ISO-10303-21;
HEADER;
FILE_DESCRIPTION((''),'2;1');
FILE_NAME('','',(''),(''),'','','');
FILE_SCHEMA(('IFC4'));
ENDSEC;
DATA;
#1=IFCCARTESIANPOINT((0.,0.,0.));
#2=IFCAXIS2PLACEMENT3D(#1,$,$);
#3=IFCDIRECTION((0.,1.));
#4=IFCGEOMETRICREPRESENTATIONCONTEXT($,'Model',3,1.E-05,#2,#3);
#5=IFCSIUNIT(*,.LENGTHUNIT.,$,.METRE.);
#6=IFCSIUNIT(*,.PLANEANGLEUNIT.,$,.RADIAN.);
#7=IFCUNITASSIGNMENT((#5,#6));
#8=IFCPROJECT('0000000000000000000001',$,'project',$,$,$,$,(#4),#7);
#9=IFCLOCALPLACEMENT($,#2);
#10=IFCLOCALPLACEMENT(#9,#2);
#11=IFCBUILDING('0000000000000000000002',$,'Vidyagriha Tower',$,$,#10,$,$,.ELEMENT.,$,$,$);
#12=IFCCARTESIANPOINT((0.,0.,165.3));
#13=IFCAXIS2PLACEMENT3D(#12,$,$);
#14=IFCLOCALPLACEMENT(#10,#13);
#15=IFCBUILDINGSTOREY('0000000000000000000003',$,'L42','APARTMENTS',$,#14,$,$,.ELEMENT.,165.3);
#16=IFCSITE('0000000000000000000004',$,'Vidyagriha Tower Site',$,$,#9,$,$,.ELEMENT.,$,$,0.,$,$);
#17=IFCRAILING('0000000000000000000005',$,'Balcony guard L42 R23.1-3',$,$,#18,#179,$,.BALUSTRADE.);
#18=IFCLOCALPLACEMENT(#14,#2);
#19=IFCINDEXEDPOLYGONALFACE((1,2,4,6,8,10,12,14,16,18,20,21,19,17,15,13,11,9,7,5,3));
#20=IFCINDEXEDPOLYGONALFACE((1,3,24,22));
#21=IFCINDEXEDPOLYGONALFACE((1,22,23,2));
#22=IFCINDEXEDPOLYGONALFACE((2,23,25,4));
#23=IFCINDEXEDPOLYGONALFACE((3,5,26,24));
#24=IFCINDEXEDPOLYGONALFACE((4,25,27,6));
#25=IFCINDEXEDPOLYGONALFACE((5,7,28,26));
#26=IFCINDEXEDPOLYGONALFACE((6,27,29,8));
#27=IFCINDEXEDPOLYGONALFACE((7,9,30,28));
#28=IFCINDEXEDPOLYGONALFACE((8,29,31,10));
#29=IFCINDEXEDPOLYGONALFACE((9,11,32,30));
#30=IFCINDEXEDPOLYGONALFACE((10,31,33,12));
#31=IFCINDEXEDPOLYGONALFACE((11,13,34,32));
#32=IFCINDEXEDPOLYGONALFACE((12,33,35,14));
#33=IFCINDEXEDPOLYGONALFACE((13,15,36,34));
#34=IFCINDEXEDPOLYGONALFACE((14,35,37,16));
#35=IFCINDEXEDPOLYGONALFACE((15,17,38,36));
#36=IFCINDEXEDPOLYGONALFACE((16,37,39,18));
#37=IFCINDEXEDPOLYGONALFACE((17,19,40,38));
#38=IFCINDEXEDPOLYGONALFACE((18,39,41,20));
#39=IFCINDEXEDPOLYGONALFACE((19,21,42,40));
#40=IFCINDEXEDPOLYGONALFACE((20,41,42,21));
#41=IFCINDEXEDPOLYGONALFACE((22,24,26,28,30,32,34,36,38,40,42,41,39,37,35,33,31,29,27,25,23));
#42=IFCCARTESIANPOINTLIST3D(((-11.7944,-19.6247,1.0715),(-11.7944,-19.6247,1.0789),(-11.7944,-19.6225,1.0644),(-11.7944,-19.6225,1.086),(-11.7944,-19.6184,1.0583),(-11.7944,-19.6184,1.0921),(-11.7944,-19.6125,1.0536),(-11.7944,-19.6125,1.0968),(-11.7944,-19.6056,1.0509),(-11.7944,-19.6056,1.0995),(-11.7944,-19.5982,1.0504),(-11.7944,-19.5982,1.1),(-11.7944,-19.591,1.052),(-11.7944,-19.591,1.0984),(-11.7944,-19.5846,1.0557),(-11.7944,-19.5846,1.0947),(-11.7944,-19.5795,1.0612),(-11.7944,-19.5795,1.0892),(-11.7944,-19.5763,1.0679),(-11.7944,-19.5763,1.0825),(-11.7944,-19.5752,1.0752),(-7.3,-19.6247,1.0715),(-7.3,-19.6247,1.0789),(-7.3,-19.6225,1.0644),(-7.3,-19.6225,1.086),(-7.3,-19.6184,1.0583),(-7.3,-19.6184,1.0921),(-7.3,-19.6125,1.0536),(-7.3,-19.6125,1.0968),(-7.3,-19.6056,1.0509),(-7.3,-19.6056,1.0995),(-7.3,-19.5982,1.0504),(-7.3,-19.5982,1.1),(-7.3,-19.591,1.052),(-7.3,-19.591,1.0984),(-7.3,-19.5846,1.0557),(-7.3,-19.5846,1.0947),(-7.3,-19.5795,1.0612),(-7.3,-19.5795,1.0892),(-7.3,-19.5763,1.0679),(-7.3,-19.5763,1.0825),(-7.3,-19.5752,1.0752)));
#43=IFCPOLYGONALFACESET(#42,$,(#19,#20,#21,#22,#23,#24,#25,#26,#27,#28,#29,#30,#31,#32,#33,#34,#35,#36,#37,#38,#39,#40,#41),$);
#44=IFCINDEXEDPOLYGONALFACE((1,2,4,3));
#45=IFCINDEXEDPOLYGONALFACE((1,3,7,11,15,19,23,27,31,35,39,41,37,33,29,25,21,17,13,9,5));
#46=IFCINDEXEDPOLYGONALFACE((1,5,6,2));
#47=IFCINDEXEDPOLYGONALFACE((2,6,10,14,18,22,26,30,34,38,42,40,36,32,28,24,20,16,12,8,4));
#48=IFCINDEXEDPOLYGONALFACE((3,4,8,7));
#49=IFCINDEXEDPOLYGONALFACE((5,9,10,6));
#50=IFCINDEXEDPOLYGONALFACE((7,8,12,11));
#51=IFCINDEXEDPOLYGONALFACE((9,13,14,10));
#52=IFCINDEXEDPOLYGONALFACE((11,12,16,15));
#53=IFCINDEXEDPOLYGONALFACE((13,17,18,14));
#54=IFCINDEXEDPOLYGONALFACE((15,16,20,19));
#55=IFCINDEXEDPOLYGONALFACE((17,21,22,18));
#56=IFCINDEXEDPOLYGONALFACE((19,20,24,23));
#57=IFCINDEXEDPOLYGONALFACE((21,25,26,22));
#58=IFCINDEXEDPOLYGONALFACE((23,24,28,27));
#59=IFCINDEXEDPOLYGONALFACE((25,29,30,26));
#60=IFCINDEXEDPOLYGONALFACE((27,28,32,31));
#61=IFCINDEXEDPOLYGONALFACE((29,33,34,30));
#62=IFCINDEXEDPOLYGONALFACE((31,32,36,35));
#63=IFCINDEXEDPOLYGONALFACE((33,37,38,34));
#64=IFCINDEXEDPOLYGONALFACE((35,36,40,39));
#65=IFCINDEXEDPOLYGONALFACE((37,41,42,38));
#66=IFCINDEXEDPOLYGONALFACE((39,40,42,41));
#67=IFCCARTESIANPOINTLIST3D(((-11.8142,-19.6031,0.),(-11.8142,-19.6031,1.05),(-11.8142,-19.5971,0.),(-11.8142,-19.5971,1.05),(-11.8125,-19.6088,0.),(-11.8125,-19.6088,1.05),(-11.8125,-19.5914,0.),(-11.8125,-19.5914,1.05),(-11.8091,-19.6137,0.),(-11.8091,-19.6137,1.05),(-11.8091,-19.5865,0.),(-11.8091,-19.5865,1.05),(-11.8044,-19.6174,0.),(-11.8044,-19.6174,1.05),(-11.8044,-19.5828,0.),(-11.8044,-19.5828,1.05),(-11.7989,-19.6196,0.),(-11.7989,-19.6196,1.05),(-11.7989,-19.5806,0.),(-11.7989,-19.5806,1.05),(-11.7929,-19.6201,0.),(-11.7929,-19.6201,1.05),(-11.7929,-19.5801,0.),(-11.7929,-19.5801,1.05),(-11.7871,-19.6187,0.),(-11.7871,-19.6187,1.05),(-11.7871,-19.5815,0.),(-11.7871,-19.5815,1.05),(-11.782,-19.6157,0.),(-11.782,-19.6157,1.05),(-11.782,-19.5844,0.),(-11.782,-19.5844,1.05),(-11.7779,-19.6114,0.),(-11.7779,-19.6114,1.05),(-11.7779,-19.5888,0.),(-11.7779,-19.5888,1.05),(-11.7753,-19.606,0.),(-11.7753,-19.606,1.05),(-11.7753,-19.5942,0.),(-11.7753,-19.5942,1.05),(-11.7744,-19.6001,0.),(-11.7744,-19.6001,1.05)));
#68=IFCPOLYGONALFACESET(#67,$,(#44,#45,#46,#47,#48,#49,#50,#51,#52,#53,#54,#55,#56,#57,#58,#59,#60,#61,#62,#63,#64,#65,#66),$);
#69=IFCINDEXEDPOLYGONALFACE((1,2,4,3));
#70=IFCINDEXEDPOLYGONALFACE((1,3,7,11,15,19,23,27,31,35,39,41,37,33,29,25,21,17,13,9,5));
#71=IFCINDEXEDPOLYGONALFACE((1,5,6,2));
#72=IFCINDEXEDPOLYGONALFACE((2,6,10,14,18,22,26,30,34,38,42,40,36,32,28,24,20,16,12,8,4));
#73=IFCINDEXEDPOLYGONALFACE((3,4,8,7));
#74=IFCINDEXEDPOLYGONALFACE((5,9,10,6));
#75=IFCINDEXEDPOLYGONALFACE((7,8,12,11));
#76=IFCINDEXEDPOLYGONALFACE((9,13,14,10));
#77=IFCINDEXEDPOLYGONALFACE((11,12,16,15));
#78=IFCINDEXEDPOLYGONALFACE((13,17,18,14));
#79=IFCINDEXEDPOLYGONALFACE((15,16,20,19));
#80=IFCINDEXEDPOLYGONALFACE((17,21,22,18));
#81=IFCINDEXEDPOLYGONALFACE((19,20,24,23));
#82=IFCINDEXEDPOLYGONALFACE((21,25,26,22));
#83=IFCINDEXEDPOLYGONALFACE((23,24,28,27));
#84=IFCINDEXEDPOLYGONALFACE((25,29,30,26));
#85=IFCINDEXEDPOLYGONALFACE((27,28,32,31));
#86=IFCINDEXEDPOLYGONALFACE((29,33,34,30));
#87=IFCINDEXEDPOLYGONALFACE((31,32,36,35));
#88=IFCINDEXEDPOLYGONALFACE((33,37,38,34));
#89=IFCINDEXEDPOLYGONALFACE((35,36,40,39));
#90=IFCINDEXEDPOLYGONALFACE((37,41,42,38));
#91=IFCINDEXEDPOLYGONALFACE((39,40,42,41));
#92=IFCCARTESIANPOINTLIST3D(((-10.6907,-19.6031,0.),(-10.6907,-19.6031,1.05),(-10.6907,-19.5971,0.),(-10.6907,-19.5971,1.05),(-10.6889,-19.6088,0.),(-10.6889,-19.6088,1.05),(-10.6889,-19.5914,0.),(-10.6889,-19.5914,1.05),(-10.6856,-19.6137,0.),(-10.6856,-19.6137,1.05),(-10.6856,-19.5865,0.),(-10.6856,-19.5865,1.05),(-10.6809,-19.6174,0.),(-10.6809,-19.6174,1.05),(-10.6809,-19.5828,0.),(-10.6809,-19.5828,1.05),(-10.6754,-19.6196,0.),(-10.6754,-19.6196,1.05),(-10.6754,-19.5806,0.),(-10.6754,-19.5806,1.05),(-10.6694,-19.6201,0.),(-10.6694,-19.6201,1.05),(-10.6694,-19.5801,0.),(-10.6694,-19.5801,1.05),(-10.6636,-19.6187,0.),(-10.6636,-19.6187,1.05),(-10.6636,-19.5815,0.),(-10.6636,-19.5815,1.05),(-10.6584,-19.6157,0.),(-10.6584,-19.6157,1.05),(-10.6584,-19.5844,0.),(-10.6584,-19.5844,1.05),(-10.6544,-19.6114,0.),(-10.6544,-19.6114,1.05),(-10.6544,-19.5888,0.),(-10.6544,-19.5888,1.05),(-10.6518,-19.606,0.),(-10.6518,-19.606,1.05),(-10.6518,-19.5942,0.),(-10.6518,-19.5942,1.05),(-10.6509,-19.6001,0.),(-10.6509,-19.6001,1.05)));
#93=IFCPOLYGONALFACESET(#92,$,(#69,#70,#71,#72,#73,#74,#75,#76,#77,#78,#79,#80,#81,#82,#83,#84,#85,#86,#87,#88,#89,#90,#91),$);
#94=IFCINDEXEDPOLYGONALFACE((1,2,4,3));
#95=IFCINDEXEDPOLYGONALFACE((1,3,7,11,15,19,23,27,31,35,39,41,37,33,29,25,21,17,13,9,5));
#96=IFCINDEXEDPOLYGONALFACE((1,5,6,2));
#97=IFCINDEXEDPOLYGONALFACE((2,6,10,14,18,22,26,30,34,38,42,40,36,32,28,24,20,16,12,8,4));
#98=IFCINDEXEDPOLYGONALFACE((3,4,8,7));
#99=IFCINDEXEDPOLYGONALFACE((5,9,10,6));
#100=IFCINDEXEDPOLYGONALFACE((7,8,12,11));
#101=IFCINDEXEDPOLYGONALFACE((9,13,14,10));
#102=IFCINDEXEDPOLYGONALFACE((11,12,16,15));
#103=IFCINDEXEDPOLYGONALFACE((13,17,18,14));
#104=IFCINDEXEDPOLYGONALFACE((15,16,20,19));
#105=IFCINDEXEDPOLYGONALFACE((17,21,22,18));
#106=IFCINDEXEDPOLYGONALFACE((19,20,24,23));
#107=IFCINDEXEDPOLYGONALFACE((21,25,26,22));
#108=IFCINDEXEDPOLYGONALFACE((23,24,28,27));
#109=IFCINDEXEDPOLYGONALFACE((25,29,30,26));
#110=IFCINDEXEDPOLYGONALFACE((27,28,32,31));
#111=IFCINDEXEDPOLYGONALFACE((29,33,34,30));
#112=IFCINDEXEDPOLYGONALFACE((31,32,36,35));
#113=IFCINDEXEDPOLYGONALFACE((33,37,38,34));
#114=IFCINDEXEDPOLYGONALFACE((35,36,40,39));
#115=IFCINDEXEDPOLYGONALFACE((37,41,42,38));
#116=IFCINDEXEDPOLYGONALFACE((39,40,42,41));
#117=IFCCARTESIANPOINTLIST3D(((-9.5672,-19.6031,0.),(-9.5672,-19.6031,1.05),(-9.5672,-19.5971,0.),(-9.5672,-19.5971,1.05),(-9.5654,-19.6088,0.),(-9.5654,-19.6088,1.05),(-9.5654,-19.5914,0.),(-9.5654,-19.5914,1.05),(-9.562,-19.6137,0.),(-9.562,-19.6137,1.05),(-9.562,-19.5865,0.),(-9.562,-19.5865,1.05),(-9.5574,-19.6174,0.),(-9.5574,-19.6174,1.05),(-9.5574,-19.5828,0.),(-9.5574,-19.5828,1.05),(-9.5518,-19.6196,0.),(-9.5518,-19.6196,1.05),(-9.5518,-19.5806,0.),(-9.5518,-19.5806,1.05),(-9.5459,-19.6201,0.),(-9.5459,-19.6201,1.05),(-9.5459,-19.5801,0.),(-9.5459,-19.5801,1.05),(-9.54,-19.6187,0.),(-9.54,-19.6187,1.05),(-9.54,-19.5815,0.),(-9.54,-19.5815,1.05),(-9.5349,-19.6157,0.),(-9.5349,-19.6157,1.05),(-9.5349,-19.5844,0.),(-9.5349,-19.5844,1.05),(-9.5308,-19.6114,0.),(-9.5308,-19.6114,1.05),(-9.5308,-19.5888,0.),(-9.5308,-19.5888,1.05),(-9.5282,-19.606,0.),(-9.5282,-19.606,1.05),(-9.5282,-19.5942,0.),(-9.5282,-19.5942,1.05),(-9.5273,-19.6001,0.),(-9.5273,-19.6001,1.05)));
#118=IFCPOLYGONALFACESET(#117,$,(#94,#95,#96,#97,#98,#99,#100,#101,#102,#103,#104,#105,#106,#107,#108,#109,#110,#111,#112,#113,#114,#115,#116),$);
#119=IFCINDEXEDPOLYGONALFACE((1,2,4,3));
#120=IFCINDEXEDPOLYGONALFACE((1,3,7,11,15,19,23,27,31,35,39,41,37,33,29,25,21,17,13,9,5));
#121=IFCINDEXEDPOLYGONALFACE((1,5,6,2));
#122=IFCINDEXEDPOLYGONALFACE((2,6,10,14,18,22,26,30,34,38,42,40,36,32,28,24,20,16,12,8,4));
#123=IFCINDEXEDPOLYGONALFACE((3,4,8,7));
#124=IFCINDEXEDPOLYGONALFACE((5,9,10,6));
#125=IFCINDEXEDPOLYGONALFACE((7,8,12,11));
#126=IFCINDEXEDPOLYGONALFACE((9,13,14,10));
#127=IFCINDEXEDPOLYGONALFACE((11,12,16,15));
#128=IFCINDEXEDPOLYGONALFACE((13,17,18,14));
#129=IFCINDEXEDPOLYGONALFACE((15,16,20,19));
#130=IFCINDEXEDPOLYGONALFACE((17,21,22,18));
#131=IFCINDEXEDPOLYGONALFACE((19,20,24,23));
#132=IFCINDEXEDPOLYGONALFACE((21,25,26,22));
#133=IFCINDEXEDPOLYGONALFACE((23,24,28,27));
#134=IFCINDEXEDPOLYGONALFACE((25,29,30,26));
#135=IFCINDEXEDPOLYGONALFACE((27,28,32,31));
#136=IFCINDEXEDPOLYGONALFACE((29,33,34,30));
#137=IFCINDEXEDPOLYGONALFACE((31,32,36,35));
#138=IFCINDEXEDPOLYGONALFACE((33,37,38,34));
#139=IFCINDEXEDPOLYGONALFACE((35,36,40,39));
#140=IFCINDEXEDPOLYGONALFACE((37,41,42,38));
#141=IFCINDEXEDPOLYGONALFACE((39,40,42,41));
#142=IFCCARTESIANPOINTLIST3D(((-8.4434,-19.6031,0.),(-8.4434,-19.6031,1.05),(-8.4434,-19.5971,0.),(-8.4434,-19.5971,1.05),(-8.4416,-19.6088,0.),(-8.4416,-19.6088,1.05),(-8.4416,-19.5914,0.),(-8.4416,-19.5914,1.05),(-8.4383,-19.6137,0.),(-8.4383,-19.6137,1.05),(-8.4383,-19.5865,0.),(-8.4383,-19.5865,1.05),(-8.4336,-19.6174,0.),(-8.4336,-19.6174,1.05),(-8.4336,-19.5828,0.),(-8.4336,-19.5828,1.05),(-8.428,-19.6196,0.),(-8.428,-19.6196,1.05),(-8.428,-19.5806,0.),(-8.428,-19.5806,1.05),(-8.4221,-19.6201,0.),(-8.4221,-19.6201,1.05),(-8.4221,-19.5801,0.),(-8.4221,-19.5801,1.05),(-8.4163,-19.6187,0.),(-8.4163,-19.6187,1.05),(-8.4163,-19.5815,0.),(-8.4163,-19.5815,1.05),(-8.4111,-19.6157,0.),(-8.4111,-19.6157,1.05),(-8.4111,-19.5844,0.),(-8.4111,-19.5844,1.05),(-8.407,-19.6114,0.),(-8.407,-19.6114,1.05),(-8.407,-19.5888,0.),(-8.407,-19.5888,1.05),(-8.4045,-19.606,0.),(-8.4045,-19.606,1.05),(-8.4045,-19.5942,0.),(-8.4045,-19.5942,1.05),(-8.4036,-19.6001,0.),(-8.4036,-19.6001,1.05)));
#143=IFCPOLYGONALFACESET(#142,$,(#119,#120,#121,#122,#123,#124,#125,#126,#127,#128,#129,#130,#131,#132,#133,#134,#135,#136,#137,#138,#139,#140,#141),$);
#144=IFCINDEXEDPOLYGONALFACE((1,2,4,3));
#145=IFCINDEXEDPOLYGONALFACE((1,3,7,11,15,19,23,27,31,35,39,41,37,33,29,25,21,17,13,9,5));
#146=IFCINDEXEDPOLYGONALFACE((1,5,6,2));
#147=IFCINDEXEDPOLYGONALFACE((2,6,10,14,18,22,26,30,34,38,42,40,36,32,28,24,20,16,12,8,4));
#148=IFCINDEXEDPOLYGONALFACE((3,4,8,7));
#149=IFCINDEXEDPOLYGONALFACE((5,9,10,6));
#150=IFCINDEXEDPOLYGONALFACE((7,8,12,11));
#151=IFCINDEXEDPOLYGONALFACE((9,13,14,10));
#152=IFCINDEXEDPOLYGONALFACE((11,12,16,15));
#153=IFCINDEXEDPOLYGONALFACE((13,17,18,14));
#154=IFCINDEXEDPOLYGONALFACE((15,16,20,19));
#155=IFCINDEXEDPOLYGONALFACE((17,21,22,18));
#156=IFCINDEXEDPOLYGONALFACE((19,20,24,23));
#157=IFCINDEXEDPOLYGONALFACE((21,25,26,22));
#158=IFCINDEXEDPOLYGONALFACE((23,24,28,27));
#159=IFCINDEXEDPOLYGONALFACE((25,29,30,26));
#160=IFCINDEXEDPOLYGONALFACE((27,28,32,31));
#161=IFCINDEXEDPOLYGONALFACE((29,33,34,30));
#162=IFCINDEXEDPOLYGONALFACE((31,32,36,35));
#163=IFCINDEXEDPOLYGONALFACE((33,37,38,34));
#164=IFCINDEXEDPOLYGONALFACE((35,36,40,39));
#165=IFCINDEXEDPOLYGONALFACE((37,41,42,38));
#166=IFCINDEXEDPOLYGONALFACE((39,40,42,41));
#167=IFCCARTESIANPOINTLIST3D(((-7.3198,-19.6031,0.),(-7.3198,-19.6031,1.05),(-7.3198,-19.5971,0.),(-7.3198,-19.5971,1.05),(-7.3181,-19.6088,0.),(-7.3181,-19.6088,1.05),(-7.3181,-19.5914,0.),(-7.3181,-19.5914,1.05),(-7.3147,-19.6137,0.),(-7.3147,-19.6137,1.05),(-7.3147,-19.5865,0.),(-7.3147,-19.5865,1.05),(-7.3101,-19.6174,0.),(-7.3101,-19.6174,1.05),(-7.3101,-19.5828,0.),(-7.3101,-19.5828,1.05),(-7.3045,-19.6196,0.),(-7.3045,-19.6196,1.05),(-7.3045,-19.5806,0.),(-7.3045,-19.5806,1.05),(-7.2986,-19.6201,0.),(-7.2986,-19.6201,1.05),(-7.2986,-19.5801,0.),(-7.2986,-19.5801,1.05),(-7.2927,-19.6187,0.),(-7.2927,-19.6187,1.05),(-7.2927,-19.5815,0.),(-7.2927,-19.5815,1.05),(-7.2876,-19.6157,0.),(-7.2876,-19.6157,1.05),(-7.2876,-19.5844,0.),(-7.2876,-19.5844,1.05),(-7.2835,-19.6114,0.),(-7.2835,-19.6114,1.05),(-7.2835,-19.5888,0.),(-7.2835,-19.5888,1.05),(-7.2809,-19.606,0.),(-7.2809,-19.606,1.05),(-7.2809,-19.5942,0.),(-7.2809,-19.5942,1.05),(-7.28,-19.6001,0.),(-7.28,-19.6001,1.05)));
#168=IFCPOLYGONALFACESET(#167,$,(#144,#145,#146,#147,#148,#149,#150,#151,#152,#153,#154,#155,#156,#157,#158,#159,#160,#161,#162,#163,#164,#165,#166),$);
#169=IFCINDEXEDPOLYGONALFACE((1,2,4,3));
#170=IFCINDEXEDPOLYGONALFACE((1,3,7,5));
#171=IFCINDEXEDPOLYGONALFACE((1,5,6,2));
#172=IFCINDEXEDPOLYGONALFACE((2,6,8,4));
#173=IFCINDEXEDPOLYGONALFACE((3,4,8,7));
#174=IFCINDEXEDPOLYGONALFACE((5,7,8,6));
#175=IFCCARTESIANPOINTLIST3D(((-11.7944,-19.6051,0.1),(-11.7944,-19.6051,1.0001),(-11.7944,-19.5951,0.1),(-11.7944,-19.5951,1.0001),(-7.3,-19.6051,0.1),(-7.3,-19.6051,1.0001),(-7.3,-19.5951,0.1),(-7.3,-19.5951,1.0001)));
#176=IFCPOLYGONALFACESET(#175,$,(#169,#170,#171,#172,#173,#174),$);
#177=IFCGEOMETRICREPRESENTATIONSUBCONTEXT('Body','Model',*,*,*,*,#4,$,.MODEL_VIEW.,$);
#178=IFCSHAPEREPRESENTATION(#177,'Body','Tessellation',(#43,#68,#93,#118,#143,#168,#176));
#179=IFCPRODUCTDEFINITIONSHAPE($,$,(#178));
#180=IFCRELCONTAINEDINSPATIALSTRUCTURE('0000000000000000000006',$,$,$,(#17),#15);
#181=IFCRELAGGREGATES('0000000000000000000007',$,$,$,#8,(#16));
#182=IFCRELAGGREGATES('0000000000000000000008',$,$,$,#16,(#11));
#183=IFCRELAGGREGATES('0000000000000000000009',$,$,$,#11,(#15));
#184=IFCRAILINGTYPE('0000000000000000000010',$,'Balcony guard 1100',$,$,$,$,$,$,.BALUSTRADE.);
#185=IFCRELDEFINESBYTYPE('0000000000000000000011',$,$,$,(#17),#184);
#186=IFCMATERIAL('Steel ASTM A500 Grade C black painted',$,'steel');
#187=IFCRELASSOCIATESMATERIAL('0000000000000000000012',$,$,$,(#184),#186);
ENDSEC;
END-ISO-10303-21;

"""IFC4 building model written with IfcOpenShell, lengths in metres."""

from ifc_helpers import new_model, si_unit, direction, frame, origin, origin_2d, place, context, subcontext, project, spatial, rectangle, circle, extrude, material, type_object, element, save


model = new_model("IFC4")

# Units and contexts
model_context = context("Model", 3, precision=1e-05, world=origin(), true_north=direction((0.0, 1.0)))
body_context = subcontext(model_context, "Body", "Model", "MODEL_VIEW")
ifc_project = project(units=[si_unit("LENGTHUNIT", "METRE"), si_unit("PLANEANGLEUNIT", "RADIAN")], contexts=[model_context])

# Site, building, storey
site_placement = place(None, origin())
site = spatial("IfcSite", under=ifc_project, at=site_placement, Name="Vidyagriha Tower Site", CompositionType="ELEMENT", RefElevation=0.0)
building_placement = place(site_placement, origin())
building = spatial("IfcBuilding", under=site, at=building_placement, Name="Vidyagriha Tower", CompositionType="ELEMENT")
storey_placement = place(building_placement, frame((0.0, 0.0, 165.3)))
storey = spatial("IfcBuildingStorey", under=building, at=storey_placement, Name="L42", Description="APARTMENTS", CompositionType="ELEMENT", Elevation=165.3)

# Railing
ifc_material_1 = material(Name="Steel ASTM A500 Grade C black painted", Category="steel")
railing_type = type_object("IfcRailingType", Name="Balcony guard 1100", PredefinedType="BALUSTRADE", material=ifc_material_1)
railing_1_placement = place(storey_placement, frame((-11.7944, -19.6001, 0.0)))
element("IfcRailing", 1, at=railing_1_placement, inside=storey, type_object=railing_type, Name="Balcony guard L42 R23.1-3", PredefinedType="BALUSTRADE", context=body_context, shape_type="SweptSolid", body=[
    extrude(circle(Radius=0.0249, at=origin_2d()), frame((0.0, 0.0, 1.0752), z_axis=(1.0, 0.0, 0.0), x_axis=(0.0, 1.0, 0.0)), (0.0, 0.0, 1.0), 4.4944),
    extrude(circle(Radius=0.02, at=origin_2d()), origin(), (0.0, 0.0, 1.0), 1.05),
    extrude(circle(Radius=0.02, at=origin_2d()), frame((1.1235, 0.0, 0.0)), (0.0, 0.0, 1.0), 1.05),
    extrude(circle(Radius=0.02, at=origin_2d()), frame((2.2471, 0.0, 0.0)), (0.0, 0.0, 1.0), 1.05),
    extrude(circle(Radius=0.02, at=origin_2d()), frame((3.3708, 0.0, 0.0)), (0.0, 0.0, 1.0), 1.05),
    extrude(circle(Radius=0.02, at=origin_2d()), frame((4.4944, 0.0, 0.0)), (0.0, 0.0, 1.0), 1.05),
    extrude(rectangle(XDim=0.01, YDim=0.9001, at=origin_2d()), frame((0.0, 0.0, 0.55), z_axis=(1.0, 0.0, 0.0), x_axis=(0.0, 1.0, 0.0)), (0.0, 0.0, 1.0), 4.4944),
])

save(model, "model.ifc")
